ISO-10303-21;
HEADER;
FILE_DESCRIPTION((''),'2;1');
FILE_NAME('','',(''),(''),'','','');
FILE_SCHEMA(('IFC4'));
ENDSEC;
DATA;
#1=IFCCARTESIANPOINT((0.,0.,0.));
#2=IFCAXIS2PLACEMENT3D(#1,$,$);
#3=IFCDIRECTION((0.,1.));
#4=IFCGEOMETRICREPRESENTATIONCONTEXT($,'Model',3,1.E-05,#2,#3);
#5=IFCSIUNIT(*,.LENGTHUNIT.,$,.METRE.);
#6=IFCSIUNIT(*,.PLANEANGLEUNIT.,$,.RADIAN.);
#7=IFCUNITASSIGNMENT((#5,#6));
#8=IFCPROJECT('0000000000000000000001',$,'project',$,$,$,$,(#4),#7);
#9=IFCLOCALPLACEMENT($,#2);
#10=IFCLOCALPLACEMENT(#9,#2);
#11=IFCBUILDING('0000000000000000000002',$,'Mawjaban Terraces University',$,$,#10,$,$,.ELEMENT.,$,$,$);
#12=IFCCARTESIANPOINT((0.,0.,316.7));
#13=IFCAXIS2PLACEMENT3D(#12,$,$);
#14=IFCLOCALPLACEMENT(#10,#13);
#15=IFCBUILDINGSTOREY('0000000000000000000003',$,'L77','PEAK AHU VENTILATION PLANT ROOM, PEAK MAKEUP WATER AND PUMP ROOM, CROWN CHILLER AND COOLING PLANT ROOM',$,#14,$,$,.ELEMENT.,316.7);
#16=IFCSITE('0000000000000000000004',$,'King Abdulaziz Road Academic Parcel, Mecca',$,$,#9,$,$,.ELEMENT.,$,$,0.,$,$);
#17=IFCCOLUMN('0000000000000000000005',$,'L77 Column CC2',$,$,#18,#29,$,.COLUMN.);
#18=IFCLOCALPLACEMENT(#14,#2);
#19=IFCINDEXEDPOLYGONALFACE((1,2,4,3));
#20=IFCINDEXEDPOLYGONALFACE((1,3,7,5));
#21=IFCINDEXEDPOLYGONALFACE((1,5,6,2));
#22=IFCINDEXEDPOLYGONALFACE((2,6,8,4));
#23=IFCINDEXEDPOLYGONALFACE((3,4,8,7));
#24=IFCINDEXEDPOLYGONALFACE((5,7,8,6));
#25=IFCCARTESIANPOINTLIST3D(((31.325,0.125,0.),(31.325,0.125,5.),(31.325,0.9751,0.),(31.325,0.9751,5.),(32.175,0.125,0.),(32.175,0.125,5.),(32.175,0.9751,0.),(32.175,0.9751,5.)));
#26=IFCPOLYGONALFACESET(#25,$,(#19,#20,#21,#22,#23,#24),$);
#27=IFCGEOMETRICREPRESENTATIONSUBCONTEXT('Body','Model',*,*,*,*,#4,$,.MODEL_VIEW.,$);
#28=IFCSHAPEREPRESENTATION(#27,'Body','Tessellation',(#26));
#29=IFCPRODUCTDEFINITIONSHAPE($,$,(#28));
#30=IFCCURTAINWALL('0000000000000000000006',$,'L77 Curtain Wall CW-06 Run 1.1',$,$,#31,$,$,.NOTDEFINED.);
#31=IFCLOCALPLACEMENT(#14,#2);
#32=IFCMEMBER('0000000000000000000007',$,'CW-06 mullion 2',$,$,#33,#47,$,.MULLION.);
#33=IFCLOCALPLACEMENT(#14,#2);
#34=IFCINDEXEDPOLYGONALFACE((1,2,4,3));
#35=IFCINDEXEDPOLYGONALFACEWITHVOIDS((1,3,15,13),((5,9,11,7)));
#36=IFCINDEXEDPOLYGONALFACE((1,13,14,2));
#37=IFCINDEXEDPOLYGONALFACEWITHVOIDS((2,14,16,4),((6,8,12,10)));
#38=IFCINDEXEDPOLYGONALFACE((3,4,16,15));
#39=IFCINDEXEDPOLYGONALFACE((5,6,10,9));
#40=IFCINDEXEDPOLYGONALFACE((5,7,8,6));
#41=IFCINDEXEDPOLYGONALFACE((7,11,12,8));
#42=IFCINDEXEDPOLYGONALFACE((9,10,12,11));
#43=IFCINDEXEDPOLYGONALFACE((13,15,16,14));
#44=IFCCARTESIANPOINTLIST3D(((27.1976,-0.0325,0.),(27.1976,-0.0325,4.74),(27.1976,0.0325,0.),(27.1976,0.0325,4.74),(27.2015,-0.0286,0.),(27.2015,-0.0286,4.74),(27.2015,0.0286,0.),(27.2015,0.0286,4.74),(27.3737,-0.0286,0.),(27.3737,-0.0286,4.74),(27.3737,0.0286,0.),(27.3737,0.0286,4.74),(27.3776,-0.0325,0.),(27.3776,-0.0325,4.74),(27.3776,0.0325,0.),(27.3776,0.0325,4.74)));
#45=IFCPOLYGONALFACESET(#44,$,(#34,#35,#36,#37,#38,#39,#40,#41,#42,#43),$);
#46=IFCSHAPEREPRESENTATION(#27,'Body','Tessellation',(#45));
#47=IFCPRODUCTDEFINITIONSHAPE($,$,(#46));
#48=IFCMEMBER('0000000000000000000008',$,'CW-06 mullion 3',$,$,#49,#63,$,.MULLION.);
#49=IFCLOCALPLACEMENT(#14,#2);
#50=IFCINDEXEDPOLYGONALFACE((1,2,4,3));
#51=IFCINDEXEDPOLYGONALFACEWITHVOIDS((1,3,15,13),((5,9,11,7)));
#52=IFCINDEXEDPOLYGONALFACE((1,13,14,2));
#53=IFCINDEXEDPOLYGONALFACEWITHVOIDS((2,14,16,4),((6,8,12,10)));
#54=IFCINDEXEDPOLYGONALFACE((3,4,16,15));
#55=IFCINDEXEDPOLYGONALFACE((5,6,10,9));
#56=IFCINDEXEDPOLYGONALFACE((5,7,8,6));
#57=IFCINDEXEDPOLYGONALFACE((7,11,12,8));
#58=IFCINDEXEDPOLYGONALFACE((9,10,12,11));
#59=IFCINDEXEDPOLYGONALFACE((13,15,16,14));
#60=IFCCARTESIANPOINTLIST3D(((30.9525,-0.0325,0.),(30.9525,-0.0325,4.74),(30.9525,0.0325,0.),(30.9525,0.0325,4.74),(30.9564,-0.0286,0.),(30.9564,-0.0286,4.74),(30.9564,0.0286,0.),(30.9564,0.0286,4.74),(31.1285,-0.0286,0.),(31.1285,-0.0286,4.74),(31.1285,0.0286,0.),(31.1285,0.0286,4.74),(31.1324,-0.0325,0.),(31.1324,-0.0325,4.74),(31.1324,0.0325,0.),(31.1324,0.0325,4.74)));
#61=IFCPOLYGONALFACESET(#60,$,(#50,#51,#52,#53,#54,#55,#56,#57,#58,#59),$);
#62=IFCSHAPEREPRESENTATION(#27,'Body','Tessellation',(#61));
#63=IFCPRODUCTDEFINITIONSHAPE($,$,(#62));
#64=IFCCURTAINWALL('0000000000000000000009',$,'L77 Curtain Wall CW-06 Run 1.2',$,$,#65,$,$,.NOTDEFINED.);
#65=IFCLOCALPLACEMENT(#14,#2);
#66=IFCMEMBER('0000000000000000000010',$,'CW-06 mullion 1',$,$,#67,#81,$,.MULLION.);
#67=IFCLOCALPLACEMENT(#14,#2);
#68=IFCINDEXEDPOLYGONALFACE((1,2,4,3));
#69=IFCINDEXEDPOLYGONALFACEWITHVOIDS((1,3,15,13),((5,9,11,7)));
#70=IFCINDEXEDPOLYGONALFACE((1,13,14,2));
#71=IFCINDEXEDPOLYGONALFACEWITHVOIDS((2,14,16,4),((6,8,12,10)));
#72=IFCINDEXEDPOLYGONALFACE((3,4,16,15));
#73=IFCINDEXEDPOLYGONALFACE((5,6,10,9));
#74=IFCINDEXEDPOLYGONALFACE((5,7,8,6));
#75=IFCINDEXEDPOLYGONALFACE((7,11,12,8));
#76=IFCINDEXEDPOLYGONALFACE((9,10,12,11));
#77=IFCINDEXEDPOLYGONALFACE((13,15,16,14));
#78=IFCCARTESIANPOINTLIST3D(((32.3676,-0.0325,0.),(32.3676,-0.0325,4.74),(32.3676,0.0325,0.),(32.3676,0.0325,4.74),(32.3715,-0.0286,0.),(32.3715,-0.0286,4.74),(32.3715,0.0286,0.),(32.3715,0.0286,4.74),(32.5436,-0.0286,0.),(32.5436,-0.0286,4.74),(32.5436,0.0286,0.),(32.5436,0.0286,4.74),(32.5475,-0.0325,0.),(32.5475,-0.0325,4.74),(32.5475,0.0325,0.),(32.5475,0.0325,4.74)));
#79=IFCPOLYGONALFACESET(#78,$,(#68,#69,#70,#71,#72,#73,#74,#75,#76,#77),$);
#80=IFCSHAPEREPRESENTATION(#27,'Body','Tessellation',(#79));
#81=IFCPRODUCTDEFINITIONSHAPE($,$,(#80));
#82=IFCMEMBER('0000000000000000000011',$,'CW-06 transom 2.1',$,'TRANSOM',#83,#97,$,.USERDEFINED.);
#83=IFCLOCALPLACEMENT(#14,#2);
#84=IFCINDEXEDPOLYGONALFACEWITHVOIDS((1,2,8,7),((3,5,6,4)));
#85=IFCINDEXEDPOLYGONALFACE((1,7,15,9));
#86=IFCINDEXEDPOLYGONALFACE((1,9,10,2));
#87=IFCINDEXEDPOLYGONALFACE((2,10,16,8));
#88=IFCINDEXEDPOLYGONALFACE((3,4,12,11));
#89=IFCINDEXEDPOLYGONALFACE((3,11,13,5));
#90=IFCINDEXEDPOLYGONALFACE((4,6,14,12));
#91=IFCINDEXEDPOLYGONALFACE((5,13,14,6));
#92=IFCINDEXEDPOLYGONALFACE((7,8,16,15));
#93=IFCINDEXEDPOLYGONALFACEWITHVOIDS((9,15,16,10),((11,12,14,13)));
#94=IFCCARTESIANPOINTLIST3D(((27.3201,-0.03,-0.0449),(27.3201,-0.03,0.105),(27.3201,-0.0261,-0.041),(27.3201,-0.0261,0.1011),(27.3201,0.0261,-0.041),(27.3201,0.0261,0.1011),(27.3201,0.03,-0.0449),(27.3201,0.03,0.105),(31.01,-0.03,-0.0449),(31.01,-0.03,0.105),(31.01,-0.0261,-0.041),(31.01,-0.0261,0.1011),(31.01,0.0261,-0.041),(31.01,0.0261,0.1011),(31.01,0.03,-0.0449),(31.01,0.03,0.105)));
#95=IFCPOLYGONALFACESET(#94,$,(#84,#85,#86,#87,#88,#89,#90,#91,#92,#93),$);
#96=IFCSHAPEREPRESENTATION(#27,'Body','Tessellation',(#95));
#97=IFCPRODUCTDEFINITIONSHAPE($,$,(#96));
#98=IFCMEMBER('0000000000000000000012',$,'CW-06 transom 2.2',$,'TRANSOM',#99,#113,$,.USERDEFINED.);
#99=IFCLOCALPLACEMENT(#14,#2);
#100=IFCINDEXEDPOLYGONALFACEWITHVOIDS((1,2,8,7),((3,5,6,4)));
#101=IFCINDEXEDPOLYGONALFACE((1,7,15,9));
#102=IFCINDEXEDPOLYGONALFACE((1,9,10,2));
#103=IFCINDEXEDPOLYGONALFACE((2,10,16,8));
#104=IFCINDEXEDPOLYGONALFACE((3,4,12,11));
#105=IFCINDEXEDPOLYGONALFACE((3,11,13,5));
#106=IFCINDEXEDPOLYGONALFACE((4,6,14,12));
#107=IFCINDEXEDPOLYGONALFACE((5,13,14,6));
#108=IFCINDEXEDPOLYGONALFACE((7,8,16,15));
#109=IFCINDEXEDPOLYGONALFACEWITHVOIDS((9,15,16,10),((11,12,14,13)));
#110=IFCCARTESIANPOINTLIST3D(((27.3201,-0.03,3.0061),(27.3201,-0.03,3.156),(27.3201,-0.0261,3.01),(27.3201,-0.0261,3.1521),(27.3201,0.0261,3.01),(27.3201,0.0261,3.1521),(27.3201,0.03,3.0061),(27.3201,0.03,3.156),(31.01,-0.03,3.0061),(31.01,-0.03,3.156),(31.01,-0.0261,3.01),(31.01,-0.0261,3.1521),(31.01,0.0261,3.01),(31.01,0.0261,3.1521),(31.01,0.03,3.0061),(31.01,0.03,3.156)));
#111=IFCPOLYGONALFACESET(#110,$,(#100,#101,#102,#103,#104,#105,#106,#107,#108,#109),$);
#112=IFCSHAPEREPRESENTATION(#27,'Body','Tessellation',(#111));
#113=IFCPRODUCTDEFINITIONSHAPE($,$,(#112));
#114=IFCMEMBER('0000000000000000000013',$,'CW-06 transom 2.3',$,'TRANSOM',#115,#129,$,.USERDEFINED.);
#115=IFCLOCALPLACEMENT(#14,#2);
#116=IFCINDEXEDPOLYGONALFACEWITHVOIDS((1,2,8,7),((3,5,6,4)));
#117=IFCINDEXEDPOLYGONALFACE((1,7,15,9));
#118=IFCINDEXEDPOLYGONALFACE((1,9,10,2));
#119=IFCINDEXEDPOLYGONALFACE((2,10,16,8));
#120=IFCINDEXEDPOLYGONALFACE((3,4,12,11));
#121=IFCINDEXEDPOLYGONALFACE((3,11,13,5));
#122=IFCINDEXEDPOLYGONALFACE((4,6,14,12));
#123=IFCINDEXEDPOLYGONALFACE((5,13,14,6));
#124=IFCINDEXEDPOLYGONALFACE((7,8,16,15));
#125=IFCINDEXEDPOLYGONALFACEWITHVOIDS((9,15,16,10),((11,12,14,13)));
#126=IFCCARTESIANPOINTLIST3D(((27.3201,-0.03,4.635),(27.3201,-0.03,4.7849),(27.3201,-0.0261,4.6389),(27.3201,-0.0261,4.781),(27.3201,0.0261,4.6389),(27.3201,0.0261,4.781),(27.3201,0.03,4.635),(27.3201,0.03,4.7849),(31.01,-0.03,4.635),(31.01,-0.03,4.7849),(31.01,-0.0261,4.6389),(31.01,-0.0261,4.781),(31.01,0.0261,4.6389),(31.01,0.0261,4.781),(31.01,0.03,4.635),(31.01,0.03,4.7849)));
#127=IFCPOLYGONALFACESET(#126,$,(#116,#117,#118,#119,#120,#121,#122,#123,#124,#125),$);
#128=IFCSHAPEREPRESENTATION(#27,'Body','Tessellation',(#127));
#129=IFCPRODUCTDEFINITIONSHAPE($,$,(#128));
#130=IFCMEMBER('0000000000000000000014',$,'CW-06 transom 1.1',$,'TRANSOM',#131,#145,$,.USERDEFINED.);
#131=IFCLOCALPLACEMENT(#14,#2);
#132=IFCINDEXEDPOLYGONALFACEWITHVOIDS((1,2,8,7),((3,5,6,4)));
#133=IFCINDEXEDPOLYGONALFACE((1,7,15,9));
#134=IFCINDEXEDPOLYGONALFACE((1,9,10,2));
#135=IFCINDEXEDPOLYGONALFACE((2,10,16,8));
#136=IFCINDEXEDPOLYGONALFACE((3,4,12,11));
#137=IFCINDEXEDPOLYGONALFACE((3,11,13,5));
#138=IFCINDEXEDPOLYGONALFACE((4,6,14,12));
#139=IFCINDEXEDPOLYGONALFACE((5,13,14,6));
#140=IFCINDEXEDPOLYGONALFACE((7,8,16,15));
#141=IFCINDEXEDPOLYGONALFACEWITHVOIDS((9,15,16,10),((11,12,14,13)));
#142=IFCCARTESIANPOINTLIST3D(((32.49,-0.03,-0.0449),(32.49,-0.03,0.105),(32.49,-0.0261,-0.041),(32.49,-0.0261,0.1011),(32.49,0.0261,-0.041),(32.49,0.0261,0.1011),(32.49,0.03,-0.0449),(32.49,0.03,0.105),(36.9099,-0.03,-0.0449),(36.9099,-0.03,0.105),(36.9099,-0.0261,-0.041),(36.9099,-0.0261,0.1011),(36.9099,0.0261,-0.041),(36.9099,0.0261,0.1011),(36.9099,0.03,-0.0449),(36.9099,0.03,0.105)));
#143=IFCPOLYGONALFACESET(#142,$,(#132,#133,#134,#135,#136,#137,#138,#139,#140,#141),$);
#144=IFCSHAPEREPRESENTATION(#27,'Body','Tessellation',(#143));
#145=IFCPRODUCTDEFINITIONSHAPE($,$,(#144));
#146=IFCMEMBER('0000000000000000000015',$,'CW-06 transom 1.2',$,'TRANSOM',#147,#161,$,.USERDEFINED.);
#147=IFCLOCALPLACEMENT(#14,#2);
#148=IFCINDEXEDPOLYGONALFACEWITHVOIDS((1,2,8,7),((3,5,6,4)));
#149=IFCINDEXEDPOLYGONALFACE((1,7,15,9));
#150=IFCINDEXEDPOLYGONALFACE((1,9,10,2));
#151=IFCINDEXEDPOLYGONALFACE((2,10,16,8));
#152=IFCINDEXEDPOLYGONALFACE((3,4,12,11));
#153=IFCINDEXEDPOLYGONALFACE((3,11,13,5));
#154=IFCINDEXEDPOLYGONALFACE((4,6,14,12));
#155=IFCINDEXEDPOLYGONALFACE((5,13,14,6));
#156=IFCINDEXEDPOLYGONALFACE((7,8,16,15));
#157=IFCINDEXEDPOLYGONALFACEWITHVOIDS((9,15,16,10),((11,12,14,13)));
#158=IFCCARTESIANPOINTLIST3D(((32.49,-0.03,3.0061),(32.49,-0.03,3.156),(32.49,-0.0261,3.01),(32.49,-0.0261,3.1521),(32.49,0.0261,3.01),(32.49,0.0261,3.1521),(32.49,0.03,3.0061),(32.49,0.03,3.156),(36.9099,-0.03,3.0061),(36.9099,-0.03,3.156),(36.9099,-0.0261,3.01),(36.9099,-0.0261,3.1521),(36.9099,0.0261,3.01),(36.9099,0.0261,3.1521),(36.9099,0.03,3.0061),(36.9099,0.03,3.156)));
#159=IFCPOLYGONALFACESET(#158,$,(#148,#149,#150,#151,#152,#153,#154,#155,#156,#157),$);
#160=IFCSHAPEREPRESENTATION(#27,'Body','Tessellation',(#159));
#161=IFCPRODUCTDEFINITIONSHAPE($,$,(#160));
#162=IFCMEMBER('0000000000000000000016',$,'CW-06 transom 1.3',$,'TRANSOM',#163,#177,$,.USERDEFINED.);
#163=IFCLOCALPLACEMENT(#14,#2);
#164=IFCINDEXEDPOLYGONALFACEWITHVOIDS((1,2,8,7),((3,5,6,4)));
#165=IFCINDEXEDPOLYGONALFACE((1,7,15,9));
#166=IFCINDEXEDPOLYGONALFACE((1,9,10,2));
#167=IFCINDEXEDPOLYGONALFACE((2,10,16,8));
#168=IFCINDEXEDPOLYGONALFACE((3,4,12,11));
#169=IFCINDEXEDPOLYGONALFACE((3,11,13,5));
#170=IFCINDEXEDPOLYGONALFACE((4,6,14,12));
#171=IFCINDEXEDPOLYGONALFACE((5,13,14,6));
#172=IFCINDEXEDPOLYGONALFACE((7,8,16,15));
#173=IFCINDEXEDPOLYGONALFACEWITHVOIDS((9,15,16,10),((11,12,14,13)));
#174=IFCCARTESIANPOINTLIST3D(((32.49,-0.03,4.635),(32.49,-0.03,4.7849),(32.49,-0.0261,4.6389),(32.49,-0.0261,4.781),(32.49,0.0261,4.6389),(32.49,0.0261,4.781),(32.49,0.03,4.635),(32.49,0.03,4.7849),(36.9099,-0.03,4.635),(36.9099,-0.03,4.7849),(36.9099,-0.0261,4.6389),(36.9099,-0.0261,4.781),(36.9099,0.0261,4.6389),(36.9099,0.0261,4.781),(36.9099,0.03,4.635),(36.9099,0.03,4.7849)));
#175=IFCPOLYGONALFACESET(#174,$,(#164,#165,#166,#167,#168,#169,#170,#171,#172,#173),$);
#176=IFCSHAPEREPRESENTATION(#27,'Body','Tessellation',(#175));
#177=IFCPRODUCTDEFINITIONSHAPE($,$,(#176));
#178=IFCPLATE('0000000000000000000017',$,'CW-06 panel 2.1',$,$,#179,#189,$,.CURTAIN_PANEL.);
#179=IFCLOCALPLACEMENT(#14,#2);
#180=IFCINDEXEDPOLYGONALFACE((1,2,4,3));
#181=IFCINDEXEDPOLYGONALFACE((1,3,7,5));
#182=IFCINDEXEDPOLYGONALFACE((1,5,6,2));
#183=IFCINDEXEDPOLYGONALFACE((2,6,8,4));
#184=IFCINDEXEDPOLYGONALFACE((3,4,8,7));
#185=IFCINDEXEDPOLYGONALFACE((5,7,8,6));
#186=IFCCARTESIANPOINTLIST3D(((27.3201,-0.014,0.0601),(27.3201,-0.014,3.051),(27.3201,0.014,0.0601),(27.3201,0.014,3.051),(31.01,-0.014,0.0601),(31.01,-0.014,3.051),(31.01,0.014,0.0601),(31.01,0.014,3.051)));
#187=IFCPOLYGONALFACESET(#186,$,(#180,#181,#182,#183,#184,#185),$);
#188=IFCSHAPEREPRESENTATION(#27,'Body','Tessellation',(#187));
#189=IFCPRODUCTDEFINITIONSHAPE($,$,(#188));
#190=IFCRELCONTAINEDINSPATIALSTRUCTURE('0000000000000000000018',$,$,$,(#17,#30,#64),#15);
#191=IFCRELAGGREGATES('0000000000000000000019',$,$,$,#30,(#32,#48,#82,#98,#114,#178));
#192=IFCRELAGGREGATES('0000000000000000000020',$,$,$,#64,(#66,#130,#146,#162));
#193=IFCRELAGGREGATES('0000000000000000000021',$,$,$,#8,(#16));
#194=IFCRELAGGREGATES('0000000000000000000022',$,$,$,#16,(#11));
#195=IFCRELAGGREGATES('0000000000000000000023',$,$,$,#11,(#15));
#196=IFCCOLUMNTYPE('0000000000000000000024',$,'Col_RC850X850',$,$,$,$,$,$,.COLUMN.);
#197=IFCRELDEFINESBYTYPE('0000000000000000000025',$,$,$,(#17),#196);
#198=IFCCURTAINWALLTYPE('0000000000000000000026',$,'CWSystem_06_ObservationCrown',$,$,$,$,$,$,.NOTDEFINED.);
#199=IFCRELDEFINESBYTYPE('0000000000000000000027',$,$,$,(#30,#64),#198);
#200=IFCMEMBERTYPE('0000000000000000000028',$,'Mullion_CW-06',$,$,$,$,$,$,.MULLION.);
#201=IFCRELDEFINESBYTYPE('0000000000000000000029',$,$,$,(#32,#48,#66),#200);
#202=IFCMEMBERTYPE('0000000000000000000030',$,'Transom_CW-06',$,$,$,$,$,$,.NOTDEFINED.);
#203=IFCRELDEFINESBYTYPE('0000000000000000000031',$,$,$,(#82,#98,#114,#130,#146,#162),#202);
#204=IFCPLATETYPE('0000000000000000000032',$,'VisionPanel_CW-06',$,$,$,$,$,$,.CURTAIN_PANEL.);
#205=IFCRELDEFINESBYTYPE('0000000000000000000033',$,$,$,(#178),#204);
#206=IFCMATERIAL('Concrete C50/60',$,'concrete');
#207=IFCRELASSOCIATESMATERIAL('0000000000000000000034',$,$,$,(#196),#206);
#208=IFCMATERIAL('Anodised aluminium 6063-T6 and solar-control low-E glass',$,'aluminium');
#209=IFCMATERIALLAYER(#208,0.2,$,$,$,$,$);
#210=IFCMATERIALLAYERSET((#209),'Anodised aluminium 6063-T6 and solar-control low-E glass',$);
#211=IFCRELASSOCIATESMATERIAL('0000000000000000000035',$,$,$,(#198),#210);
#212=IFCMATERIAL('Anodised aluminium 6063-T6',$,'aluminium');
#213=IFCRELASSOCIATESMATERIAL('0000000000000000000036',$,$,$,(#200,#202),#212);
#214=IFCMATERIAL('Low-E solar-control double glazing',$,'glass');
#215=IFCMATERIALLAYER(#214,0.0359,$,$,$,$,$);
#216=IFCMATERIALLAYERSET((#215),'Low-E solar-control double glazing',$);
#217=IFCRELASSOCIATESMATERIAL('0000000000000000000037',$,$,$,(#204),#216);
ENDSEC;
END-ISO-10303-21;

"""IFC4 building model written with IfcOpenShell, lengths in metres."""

from ifc_helpers import new_model, si_unit, direction, frame, origin, origin_2d, place, context, subcontext, project, spatial, rectangle, hollow_rectangle, extrude, material, layer, layer_set, material_profile, profile_set, type_object, element, aggregate, save


model = new_model("IFC4")

# Units and contexts
model_context = context("Model", 3, precision=1e-05, world=origin(), true_north=direction((0.0, 1.0)))
body_context = subcontext(model_context, "Body", "Model", "MODEL_VIEW")
ifc_project = project(units=[si_unit("LENGTHUNIT", "METRE"), si_unit("PLANEANGLEUNIT", "RADIAN")], contexts=[model_context])

# Site, building, storey
site_placement = place(None, origin())
site = spatial("IfcSite", under=ifc_project, at=site_placement, Name="King Abdulaziz Road Academic Parcel, Mecca", CompositionType="ELEMENT", RefElevation=0.0)
building_placement = place(site_placement, origin())
building = spatial("IfcBuilding", under=site, at=building_placement, Name="Mawjaban Terraces University", CompositionType="ELEMENT")
storey_placement = place(building_placement, frame((0.0, 0.0, 316.7)))
storey = spatial("IfcBuildingStorey", under=building, at=storey_placement, Name="L77", Description="PEAK AHU VENTILATION PLANT ROOM, PEAK MAKEUP WATER AND PUMP ROOM, CROWN CHILLER AND COOLING PLANT ROOM", CompositionType="ELEMENT", Elevation=316.7)

# Column
ifc_material_1 = material(Name="Concrete C50/60", Category="concrete")
ifc_material_profile_1 = material_profile(ifc_material_1, rectangle(XDim=0.8501, YDim=0.8501, at=origin_2d()), Name="RC850X850")
ifc_profile_set_1 = profile_set([ifc_material_profile_1], Name="Concrete C50/60")
column_type = type_object("IfcColumnType", Name="Col_RC850X850", PredefinedType="COLUMN", material=ifc_profile_set_1)
column_placement = place(storey_placement, frame((31.75, 0.55, 0.0), z_axis=(0.0, 0.0, 1.0), x_axis=(1.0, 0.0, 0.0)))
element("IfcColumn", 1, at=column_placement, inside=storey, type_object=column_type, Name="L77 Column CC2", PredefinedType="COLUMN", context=body_context, shape_type="SweptSolid", body=[
    extrude(rectangle(XDim=0.8501, YDim=0.8501, at=origin_2d()), origin(), (0.0, 0.0, 1.0), 5.0),
])

# Curtain wall, members
ifc_material_2 = material(Name="Anodised aluminium 6063-T6 and solar-control low-E glass", Category="aluminium")
ifc_layer_1 = layer(ifc_material_2, 0.2)
ifc_layer_set_1 = layer_set([ifc_layer_1], Name="Anodised aluminium 6063-T6 and solar-control low-E glass")
curtain_wall_type = type_object("IfcCurtainWallType", Name="CWSystem_06_ObservationCrown", PredefinedType="NOTDEFINED", material=ifc_layer_set_1)
curtain_wall_1_placement = place(storey_placement, origin())
curtain_wall_1 = element("IfcCurtainWall", 2, at=curtain_wall_1_placement, inside=storey, type_object=curtain_wall_type, Name="L77 Curtain Wall CW-06 Run 1.1", PredefinedType="NOTDEFINED")
ifc_material_3 = material(Name="Anodised aluminium 6063-T6", Category="aluminium")
ifc_material_profile_2 = material_profile(ifc_material_3, hollow_rectangle(XDim=0.0649, YDim=0.1799, WallThickness=0.0039, at=origin_2d()), Name="ALU180X65X4")
ifc_profile_set_2 = profile_set([ifc_material_profile_2], Name="Anodised aluminium 6063-T6")
member_type_1 = type_object("IfcMemberType", Name="Mullion_CW-06", PredefinedType="MULLION", material=ifc_profile_set_2)
member_1_placement = place(storey_placement, frame((27.2876, 0.0, 0.0), z_axis=(0.0, 0.0, 1.0), x_axis=(0.0, 1.0, 0.0)))
member_1 = element("IfcMember", 3, at=member_1_placement, type_object=member_type_1, Name="CW-06 mullion 2", PredefinedType="MULLION", context=body_context, shape_type="SweptSolid", body=[
    extrude(hollow_rectangle(XDim=0.0649, YDim=0.1799, WallThickness=0.0039, at=origin_2d()), origin(), (0.0, 0.0, 1.0), 4.74),
])
member_2_placement = place(storey_placement, frame((31.0425, 0.0, 0.0), z_axis=(0.0, 0.0, 1.0), x_axis=(0.0, 1.0, 0.0)))
member_2 = element("IfcMember", 4, at=member_2_placement, type_object=member_type_1, Name="CW-06 mullion 3", PredefinedType="MULLION", context=body_context, shape_type="SweptSolid", body=[
    extrude(hollow_rectangle(XDim=0.0649, YDim=0.1799, WallThickness=0.0039, at=origin_2d()), origin(), (0.0, 0.0, 1.0), 4.74),
])

# Curtain wall, member
curtain_wall_2_placement = place(storey_placement, origin())
curtain_wall_2 = element("IfcCurtainWall", 5, at=curtain_wall_2_placement, inside=storey, type_object=curtain_wall_type, Name="L77 Curtain Wall CW-06 Run 1.2", PredefinedType="NOTDEFINED")
member_3_placement = place(storey_placement, frame((32.4575, 0.0, 0.0), z_axis=(0.0, 0.0, 1.0), x_axis=(0.0, 1.0, 0.0)))
member_3 = element("IfcMember", 6, at=member_3_placement, type_object=member_type_1, Name="CW-06 mullion 1", PredefinedType="MULLION", context=body_context, shape_type="SweptSolid", body=[
    extrude(hollow_rectangle(XDim=0.0649, YDim=0.1799, WallThickness=0.0039, at=origin_2d()), origin(), (0.0, 0.0, 1.0), 4.74),
])

# Members
ifc_material_profile_3 = material_profile(ifc_material_3, hollow_rectangle(XDim=0.0601, YDim=0.1499, WallThickness=0.0039, at=origin_2d()), Name="ALU150X60X4")
ifc_profile_set_3 = profile_set([ifc_material_profile_3], Name="Anodised aluminium 6063-T6")
member_type_2 = type_object("IfcMemberType", Name="Transom_CW-06", PredefinedType="NOTDEFINED", material=ifc_profile_set_3)
member_4_placement = place(storey_placement, frame((27.3201, 0.0, 0.03), z_axis=(1.0, 0.0, 0.0), x_axis=(0.0, 1.0, 0.0)))
member_4 = element("IfcMember", 7, at=member_4_placement, type_object=member_type_2, Name="CW-06 transom 2.1", ObjectType="TRANSOM", PredefinedType="USERDEFINED", context=body_context, shape_type="SweptSolid", body=[
    extrude(hollow_rectangle(XDim=0.0601, YDim=0.1499, WallThickness=0.0039, at=origin_2d()), origin(), (0.0, 0.0, 1.0), 3.6899),
])
member_5_placement = place(storey_placement, frame((27.3201, 0.0, 3.0811), z_axis=(1.0, 0.0, 0.0), x_axis=(0.0, 1.0, 0.0)))
member_5 = element("IfcMember", 8, at=member_5_placement, type_object=member_type_2, Name="CW-06 transom 2.2", ObjectType="TRANSOM", PredefinedType="USERDEFINED", context=body_context, shape_type="SweptSolid", body=[
    extrude(hollow_rectangle(XDim=0.0601, YDim=0.1499, WallThickness=0.0039, at=origin_2d()), origin(), (0.0, 0.0, 1.0), 3.6899),
])
member_6_placement = place(storey_placement, frame((27.3201, 0.0, 4.71), z_axis=(1.0, 0.0, 0.0), x_axis=(0.0, 1.0, 0.0)))
member_6 = element("IfcMember", 9, at=member_6_placement, type_object=member_type_2, Name="CW-06 transom 2.3", ObjectType="TRANSOM", PredefinedType="USERDEFINED", context=body_context, shape_type="SweptSolid", body=[
    extrude(hollow_rectangle(XDim=0.0601, YDim=0.1499, WallThickness=0.0039, at=origin_2d()), origin(), (0.0, 0.0, 1.0), 3.6899),
])
member_7_placement = place(storey_placement, frame((32.49, 0.0, 0.03), z_axis=(1.0, 0.0, 0.0), x_axis=(0.0, 1.0, 0.0)))
member_7 = element("IfcMember", 10, at=member_7_placement, type_object=member_type_2, Name="CW-06 transom 1.1", ObjectType="TRANSOM", PredefinedType="USERDEFINED", context=body_context, shape_type="SweptSolid", body=[
    extrude(hollow_rectangle(XDim=0.0601, YDim=0.1499, WallThickness=0.0039, at=origin_2d()), origin(), (0.0, 0.0, 1.0), 4.4199),
])
member_8_placement = place(storey_placement, frame((32.49, 0.0, 3.0811), z_axis=(1.0, 0.0, 0.0), x_axis=(0.0, 1.0, 0.0)))
member_8 = element("IfcMember", 11, at=member_8_placement, type_object=member_type_2, Name="CW-06 transom 1.2", ObjectType="TRANSOM", PredefinedType="USERDEFINED", context=body_context, shape_type="SweptSolid", body=[
    extrude(hollow_rectangle(XDim=0.0601, YDim=0.1499, WallThickness=0.0039, at=origin_2d()), origin(), (0.0, 0.0, 1.0), 4.4199),
])
member_9_placement = place(storey_placement, frame((32.49, 0.0, 4.71), z_axis=(1.0, 0.0, 0.0), x_axis=(0.0, 1.0, 0.0)))
member_9 = element("IfcMember", 12, at=member_9_placement, type_object=member_type_2, Name="CW-06 transom 1.3", ObjectType="TRANSOM", PredefinedType="USERDEFINED", context=body_context, shape_type="SweptSolid", body=[
    extrude(hollow_rectangle(XDim=0.0601, YDim=0.1499, WallThickness=0.0039, at=origin_2d()), origin(), (0.0, 0.0, 1.0), 4.4199),
])

# Plate
ifc_material_4 = material(Name="Low-E solar-control double glazing", Category="glass")
ifc_layer_2 = layer(ifc_material_4, 0.0359)
ifc_layer_set_2 = layer_set([ifc_layer_2], Name="Low-E solar-control double glazing")
plate_type = type_object("IfcPlateType", Name="VisionPanel_CW-06", PredefinedType="CURTAIN_PANEL", material=ifc_layer_set_2)
plate_1_placement = place(storey_placement, frame((29.165, 0.0, 0.0601), z_axis=(0.0, 0.0, 1.0), x_axis=(1.0, 0.0, 0.0)))
plate_1 = element("IfcPlate", 13, at=plate_1_placement, type_object=plate_type, Name="CW-06 panel 2.1", PredefinedType="CURTAIN_PANEL", context=body_context, shape_type="SweptSolid", body=[
    extrude(rectangle(XDim=3.6899, YDim=0.0281, at=origin_2d()), origin(), (0.0, 0.0, 1.0), 2.991),
])
aggregate(curtain_wall_1, [member_1, member_2, member_4, member_5, member_6, plate_1])
aggregate(curtain_wall_2, [member_3, member_7, member_8, member_9])

save(model, "model.ifc")
